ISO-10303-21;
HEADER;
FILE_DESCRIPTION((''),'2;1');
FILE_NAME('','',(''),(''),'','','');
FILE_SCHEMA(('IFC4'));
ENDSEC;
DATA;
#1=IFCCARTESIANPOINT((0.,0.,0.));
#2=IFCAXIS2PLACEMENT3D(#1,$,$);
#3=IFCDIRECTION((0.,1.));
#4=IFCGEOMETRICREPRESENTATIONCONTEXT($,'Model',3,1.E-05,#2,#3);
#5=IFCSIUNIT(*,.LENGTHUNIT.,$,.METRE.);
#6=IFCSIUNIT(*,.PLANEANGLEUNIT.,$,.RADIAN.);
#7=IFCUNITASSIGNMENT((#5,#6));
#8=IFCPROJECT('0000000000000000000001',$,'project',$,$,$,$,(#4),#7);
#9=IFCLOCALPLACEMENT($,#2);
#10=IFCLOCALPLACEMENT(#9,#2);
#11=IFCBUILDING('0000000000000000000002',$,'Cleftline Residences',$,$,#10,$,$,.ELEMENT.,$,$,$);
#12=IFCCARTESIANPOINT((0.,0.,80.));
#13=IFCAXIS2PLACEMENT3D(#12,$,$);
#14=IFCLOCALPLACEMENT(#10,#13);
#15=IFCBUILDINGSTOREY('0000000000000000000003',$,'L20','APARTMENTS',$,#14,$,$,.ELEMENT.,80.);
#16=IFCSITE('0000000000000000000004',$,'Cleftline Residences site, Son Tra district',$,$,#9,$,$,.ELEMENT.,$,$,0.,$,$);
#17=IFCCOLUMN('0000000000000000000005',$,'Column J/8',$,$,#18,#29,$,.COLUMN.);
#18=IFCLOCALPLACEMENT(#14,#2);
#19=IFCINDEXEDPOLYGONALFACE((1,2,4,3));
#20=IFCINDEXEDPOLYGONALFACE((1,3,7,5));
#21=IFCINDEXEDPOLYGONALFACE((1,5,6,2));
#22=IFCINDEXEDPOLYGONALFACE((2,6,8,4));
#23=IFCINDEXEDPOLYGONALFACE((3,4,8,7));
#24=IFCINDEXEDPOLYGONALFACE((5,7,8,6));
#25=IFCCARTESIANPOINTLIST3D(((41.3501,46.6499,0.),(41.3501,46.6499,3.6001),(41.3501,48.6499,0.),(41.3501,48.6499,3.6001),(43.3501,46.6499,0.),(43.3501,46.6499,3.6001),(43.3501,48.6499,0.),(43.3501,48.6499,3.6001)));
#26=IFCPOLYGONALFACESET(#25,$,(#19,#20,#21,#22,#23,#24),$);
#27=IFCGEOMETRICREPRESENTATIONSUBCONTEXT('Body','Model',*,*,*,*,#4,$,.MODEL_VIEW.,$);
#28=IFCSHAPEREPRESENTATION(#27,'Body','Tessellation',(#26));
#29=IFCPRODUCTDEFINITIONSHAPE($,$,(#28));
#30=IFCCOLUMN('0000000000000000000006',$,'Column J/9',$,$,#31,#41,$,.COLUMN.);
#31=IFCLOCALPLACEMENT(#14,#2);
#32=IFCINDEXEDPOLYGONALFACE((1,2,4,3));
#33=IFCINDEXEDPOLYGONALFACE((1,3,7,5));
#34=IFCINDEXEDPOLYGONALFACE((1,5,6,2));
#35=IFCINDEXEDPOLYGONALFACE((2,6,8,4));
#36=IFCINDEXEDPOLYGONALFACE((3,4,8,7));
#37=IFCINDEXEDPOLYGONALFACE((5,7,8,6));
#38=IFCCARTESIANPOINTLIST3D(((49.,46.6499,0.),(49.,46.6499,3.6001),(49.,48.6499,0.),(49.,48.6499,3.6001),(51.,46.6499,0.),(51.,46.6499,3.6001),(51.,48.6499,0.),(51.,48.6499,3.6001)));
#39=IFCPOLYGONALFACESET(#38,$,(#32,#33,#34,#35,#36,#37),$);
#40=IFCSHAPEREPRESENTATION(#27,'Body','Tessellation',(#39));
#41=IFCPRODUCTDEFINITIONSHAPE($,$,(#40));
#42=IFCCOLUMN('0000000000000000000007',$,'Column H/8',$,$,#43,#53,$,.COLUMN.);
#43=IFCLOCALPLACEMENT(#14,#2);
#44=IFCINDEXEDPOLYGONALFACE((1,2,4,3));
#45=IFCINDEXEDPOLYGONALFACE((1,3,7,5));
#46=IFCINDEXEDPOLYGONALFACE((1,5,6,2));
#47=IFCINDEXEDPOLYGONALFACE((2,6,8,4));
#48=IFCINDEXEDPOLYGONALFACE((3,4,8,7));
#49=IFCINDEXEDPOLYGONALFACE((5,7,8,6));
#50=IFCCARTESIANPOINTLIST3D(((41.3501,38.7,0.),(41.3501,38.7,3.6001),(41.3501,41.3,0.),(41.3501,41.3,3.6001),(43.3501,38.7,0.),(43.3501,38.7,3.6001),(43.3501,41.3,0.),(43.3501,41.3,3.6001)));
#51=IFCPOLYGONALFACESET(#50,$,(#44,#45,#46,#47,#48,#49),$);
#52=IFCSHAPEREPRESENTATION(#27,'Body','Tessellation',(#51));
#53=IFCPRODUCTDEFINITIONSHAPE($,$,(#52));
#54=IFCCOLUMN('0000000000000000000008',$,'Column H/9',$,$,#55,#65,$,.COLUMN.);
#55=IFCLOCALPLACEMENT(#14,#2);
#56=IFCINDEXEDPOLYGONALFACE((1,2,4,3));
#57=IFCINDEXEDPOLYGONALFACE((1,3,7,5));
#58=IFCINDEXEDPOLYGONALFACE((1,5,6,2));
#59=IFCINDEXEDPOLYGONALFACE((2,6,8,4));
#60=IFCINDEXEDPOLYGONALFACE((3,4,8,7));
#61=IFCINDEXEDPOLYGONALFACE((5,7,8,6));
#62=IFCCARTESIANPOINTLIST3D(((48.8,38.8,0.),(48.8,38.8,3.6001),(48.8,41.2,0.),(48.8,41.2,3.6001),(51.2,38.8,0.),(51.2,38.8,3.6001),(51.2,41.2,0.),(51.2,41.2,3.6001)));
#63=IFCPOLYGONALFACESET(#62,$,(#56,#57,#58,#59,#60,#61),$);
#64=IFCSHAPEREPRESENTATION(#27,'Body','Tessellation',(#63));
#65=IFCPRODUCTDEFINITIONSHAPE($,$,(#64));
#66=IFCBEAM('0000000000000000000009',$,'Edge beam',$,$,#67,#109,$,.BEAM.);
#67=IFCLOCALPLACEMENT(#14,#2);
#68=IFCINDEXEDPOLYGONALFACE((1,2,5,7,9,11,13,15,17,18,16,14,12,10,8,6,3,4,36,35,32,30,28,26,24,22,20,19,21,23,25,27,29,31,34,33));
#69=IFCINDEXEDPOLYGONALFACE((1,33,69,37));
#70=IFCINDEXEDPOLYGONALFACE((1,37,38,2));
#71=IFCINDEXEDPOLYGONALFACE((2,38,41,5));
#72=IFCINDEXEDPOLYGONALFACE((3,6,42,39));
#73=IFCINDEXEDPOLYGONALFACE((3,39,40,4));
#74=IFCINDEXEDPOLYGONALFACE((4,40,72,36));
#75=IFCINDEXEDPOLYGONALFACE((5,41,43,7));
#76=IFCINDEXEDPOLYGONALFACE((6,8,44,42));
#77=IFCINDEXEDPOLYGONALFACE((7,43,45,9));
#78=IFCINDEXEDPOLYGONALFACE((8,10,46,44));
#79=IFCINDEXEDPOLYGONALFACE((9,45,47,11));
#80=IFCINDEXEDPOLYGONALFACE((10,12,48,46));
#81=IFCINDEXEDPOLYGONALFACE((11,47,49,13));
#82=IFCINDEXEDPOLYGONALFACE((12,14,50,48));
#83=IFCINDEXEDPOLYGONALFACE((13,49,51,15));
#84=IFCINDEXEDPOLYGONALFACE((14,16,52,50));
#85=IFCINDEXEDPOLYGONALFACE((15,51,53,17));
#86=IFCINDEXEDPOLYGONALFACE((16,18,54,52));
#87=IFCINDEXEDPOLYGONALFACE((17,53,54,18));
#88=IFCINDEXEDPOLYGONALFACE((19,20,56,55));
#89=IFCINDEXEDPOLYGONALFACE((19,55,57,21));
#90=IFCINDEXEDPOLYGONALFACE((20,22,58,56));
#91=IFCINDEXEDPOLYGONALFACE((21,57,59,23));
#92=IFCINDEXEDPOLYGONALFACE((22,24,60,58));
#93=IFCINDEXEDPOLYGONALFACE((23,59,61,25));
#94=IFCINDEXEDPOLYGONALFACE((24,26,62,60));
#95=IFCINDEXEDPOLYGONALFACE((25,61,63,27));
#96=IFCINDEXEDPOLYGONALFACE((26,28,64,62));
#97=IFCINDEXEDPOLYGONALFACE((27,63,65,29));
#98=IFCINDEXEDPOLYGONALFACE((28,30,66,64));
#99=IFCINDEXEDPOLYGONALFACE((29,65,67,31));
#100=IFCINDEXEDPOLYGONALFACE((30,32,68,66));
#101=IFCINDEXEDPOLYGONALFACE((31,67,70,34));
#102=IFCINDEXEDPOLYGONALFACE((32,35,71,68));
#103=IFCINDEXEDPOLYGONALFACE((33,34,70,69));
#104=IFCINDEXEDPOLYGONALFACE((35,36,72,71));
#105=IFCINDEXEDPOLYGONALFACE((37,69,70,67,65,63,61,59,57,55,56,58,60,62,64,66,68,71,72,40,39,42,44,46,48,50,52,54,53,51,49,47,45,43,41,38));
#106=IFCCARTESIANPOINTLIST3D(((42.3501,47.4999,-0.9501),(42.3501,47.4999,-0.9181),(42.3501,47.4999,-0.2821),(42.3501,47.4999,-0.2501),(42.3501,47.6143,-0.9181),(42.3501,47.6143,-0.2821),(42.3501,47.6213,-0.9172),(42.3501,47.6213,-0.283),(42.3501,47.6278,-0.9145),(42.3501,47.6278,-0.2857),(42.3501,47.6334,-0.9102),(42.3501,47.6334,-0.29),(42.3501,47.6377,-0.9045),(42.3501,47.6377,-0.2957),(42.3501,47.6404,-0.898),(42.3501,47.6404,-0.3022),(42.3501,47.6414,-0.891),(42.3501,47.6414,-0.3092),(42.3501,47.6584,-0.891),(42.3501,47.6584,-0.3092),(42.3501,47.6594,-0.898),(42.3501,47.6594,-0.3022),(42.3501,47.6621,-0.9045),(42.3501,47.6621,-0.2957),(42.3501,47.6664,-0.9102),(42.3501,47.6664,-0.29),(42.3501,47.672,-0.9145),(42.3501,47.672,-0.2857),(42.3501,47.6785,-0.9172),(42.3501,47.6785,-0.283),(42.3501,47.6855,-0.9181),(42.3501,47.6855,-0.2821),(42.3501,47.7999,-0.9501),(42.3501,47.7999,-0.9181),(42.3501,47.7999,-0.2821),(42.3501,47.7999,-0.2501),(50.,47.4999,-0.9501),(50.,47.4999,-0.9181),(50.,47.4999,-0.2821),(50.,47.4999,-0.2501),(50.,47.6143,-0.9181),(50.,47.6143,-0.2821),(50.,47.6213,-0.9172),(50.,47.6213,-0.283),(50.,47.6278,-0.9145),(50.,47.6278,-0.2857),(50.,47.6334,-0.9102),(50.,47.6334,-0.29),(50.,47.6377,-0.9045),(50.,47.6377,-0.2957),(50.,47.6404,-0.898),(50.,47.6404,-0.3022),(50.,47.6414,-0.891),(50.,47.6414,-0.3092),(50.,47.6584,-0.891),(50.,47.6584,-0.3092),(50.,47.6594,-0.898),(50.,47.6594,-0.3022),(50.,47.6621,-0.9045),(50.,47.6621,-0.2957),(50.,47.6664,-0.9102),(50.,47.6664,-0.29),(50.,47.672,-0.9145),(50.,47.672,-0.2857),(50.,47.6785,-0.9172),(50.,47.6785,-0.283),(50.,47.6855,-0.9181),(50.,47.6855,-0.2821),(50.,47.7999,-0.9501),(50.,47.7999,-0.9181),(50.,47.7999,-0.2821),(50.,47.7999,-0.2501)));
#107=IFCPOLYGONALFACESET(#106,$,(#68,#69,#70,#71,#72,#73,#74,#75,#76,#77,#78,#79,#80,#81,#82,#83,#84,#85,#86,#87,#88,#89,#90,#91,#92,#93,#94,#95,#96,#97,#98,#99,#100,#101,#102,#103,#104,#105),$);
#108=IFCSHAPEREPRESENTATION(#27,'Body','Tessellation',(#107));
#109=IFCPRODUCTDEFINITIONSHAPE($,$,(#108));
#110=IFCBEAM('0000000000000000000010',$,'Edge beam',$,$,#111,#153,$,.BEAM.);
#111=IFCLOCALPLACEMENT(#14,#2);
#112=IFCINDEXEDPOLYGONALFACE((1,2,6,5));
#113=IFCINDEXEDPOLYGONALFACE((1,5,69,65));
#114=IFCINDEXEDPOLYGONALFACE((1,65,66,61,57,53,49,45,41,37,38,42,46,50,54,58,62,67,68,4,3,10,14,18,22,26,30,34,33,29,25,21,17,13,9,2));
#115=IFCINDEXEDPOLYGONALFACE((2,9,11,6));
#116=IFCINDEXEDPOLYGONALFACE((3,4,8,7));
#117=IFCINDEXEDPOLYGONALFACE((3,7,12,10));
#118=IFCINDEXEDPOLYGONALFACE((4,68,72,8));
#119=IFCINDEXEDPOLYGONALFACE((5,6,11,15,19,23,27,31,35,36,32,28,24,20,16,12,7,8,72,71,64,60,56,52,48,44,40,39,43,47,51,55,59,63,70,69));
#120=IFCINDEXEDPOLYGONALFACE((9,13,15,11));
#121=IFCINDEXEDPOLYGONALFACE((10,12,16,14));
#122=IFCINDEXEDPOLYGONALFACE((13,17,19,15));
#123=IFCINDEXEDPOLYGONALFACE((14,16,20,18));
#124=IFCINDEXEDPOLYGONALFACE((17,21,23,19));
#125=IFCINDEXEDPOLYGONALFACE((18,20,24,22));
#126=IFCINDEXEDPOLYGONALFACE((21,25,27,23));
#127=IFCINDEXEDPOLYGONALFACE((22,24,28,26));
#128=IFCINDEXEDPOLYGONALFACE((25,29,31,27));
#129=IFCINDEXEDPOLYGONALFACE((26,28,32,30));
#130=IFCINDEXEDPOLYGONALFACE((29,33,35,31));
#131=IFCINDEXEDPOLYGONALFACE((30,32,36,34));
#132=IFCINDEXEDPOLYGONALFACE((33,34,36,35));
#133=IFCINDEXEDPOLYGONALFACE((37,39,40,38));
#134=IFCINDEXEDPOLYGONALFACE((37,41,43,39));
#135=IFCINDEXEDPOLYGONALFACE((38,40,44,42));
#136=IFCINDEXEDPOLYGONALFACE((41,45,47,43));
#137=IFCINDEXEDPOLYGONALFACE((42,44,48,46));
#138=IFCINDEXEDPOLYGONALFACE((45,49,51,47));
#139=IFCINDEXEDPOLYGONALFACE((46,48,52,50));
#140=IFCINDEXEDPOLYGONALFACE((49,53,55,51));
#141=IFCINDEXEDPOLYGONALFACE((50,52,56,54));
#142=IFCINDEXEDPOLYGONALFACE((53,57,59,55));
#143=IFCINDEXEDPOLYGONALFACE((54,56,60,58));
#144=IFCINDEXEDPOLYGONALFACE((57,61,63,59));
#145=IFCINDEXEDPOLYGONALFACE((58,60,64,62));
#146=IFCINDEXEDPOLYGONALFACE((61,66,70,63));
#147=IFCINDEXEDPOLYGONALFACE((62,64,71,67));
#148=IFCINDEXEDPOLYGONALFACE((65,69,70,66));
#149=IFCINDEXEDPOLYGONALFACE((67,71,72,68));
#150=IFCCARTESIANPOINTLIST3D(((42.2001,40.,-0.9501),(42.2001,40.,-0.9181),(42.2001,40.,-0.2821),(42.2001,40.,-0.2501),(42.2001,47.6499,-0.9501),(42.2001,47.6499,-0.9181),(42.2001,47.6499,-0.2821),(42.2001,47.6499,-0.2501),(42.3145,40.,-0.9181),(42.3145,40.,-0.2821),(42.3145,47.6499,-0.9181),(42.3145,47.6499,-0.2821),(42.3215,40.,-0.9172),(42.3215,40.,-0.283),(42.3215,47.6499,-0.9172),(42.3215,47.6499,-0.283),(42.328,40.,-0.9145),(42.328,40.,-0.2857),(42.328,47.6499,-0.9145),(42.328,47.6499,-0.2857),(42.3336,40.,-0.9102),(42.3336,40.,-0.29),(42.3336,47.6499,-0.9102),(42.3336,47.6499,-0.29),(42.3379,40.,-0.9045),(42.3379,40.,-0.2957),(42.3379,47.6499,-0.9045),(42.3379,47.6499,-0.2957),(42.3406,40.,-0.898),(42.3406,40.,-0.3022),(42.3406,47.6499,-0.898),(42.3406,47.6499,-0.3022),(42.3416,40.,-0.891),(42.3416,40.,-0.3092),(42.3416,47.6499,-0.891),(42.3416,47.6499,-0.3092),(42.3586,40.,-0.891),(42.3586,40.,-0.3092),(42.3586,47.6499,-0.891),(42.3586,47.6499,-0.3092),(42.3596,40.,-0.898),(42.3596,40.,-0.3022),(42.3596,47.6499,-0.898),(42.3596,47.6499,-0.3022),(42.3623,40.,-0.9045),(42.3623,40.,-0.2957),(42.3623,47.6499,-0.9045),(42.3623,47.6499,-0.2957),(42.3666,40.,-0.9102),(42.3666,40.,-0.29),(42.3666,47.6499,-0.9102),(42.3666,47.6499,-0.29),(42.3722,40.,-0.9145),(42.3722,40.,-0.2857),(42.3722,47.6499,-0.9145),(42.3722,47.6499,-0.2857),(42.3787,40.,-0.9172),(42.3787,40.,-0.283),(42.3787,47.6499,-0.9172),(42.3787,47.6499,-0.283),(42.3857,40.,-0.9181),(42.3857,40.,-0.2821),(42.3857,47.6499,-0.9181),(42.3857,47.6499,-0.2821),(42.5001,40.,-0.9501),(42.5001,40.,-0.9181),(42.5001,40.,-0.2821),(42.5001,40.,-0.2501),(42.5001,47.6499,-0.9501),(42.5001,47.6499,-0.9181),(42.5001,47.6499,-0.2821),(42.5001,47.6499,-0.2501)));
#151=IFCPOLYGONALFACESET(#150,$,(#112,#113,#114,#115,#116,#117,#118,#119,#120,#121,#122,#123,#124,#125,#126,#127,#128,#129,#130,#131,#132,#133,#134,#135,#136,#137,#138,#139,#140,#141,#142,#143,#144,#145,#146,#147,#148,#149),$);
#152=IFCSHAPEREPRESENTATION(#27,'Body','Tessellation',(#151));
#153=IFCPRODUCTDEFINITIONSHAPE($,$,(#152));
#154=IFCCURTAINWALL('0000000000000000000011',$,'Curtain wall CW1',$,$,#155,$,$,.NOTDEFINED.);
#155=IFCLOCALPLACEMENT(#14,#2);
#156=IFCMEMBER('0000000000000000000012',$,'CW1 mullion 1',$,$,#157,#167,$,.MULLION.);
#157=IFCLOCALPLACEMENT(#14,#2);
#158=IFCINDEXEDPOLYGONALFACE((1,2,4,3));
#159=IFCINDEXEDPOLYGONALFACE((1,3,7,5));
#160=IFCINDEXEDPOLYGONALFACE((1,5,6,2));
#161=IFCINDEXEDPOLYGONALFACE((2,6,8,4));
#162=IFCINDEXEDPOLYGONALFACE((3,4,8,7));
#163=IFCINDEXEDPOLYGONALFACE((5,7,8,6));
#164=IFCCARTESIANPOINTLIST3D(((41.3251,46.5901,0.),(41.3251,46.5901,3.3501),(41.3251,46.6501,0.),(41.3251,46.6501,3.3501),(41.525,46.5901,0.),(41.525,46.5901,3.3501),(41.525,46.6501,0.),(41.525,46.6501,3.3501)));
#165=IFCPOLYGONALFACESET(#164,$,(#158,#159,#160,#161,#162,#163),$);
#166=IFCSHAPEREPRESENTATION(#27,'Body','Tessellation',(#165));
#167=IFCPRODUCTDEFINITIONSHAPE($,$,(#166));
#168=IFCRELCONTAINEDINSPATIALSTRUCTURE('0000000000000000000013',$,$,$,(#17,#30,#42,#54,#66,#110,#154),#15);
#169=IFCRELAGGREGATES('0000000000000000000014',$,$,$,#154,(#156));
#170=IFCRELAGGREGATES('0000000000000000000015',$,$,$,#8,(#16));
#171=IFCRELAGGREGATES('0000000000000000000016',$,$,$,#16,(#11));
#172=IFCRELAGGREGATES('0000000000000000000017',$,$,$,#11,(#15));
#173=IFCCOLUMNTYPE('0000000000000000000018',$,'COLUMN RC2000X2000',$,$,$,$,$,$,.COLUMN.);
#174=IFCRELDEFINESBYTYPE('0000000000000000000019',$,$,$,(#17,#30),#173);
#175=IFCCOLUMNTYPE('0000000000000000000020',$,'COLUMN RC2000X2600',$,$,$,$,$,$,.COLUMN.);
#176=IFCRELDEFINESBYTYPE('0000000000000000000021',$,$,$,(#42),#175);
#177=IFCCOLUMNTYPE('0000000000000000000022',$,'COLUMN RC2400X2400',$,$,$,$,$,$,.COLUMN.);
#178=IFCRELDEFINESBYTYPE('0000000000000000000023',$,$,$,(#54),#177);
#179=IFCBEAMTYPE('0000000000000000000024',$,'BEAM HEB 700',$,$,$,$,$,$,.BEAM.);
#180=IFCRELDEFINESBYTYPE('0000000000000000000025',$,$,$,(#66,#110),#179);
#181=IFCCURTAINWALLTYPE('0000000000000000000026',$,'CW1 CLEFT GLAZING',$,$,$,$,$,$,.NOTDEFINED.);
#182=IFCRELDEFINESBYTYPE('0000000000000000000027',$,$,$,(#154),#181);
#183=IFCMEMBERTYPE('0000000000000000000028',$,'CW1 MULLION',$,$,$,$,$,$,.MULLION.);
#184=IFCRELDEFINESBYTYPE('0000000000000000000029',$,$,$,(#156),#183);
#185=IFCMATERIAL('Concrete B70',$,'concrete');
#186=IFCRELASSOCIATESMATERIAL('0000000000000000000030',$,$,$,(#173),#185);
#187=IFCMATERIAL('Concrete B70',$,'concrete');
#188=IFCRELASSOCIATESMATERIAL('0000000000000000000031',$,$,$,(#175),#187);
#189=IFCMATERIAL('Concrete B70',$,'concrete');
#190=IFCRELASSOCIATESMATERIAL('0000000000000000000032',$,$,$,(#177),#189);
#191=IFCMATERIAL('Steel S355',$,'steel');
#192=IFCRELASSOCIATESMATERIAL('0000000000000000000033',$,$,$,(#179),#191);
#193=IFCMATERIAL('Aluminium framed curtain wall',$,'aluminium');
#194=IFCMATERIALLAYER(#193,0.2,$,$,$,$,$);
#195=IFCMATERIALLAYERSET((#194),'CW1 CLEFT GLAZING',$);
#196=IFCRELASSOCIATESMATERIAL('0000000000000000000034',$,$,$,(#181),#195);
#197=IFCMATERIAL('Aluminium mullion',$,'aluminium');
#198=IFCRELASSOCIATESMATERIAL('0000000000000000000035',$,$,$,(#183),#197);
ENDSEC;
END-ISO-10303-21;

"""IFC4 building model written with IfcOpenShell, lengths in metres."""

from ifc_helpers import new_model, si_unit, direction, frame, origin, origin_2d, place, context, subcontext, project, spatial, rectangle, i_section, extrude, material, layer, layer_set, material_profile, profile_set, type_object, element, aggregate, save


model = new_model("IFC4")

# Units and contexts
model_context = context("Model", 3, precision=1e-05, world=origin(), true_north=direction((0.0, 1.0)))
body_context = subcontext(model_context, "Body", "Model", "MODEL_VIEW")
ifc_project = project(units=[si_unit("LENGTHUNIT", "METRE"), si_unit("PLANEANGLEUNIT", "RADIAN")], contexts=[model_context])

# Site, building, storey
site_placement = place(None, origin())
site = spatial("IfcSite", under=ifc_project, at=site_placement, Name="Cleftline Residences site, Son Tra district", CompositionType="ELEMENT", RefElevation=0.0)
building_placement = place(site_placement, origin())
building = spatial("IfcBuilding", under=site, at=building_placement, Name="Cleftline Residences", CompositionType="ELEMENT")
storey_placement = place(building_placement, frame((0.0, 0.0, 80.0)))
storey = spatial("IfcBuildingStorey", under=building, at=storey_placement, Name="L20", Description="APARTMENTS", CompositionType="ELEMENT", Elevation=80.0)

# Columns
ifc_material_1 = material(Name="Concrete B70", Category="concrete")
ifc_material_profile_1 = material_profile(ifc_material_1, rectangle(XDim=2.0, YDim=2.0, at=origin_2d()))
ifc_profile_set_1 = profile_set([ifc_material_profile_1], Name="Concrete B70")
column_type_1 = type_object("IfcColumnType", Name="COLUMN RC2000X2000", PredefinedType="COLUMN", material=ifc_profile_set_1)
for number, where, z_axis, x_axis, name in (
    (1, (42.3501, 47.6499, 0.0), (0.0, 0.0, 1.0), (1.0, 0.0, 0.0), "Column J/8"),
    (2, (50.0, 47.6499, 0.0), (0.0, 0.0, 1.0), (1.0, 0.0, 0.0), "Column J/9"),
):
    element("IfcColumn", number, at=place(storey_placement, frame(where, z_axis=z_axis, x_axis=x_axis)), inside=storey, type_object=column_type_1, Name=name, PredefinedType="COLUMN", context=body_context, shape_type="SweptSolid", body=[
        extrude(rectangle(XDim=2.0, YDim=2.0, at=origin_2d()), origin(), (0.0, 0.0, 1.0), 3.6001),
    ])
ifc_material_2 = material(Name="Concrete B70", Category="concrete")
ifc_material_profile_2 = material_profile(ifc_material_2, rectangle(XDim=2.0, YDim=2.6001, at=origin_2d()))
ifc_profile_set_2 = profile_set([ifc_material_profile_2], Name="Concrete B70")
column_type_2 = type_object("IfcColumnType", Name="COLUMN RC2000X2600", PredefinedType="COLUMN", material=ifc_profile_set_2)
column_1_placement = place(storey_placement, frame((42.3501, 40.0, 0.0), z_axis=(0.0, 0.0, 1.0), x_axis=(1.0, 0.0, 0.0)))
element("IfcColumn", 3, at=column_1_placement, inside=storey, type_object=column_type_2, Name="Column H/8", PredefinedType="COLUMN", context=body_context, shape_type="SweptSolid", body=[
    extrude(rectangle(XDim=2.0, YDim=2.6001, at=origin_2d()), origin(), (0.0, 0.0, 1.0), 3.6001),
])
ifc_material_3 = material(Name="Concrete B70", Category="concrete")
ifc_material_profile_3 = material_profile(ifc_material_3, rectangle(XDim=2.3999, YDim=2.3999, at=origin_2d()))
ifc_profile_set_3 = profile_set([ifc_material_profile_3], Name="Concrete B70")
column_type_3 = type_object("IfcColumnType", Name="COLUMN RC2400X2400", PredefinedType="COLUMN", material=ifc_profile_set_3)
column_2_placement = place(storey_placement, frame((50.0, 40.0, 0.0), z_axis=(0.0, 0.0, 1.0), x_axis=(1.0, 0.0, 0.0)))
element("IfcColumn", 4, at=column_2_placement, inside=storey, type_object=column_type_3, Name="Column H/9", PredefinedType="COLUMN", context=body_context, shape_type="SweptSolid", body=[
    extrude(rectangle(XDim=2.3999, YDim=2.3999, at=origin_2d()), origin(), (0.0, 0.0, 1.0), 3.6001),
])

# Beams
ifc_material_4 = material(Name="Steel S355", Category="steel")
ifc_material_profile_4 = material_profile(ifc_material_4, i_section(OverallWidth=0.3, OverallDepth=0.7, WebThickness=0.0171, FlangeThickness=0.032, FilletRadius=0.0271, at=origin_2d()))
ifc_profile_set_4 = profile_set([ifc_material_profile_4], Name="Steel S355")
beam_type = type_object("IfcBeamType", Name="BEAM HEB 700", PredefinedType="BEAM", material=ifc_profile_set_4)
for number, where, z_axis, x_axis, name in (
    (5, (50.0, 47.6499, -0.6001), (-1.0, 0.0, 0.0), (0.0, -1.0, 0.0), "Edge beam"),
    (6, (42.3501, 47.6499, -0.6001), (0.0, -1.0, 0.0), (1.0, 0.0, 0.0), "Edge beam"),
):
    element("IfcBeam", number, at=place(storey_placement, frame(where, z_axis=z_axis, x_axis=x_axis)), inside=storey, type_object=beam_type, Name=name, PredefinedType="BEAM", context=body_context, shape_type="SweptSolid", body=[
        extrude(i_section(OverallWidth=0.3, OverallDepth=0.7, WebThickness=0.0171, FlangeThickness=0.032, FilletRadius=0.0271, at=origin_2d()), origin(), (0.0, 0.0, 1.0), 7.6499),
    ])

# Curtain wall, member
ifc_material_5 = material(Name="Aluminium framed curtain wall", Category="aluminium")
ifc_layer_1 = layer(ifc_material_5, 0.2)
ifc_layer_set_1 = layer_set([ifc_layer_1], Name="CW1 CLEFT GLAZING")
curtain_wall_type = type_object("IfcCurtainWallType", Name="CW1 CLEFT GLAZING", PredefinedType="NOTDEFINED", material=ifc_layer_set_1)
curtain_wall_placement = place(storey_placement, origin())
curtain_wall = element("IfcCurtainWall", 7, at=curtain_wall_placement, inside=storey, type_object=curtain_wall_type, Name="Curtain wall CW1", PredefinedType="NOTDEFINED")
ifc_material_6 = material(Name="Aluminium mullion", Category="aluminium")
ifc_material_profile_5 = material_profile(ifc_material_6, rectangle(XDim=0.2, YDim=0.0601, at=origin_2d()))
ifc_profile_set_5 = profile_set([ifc_material_profile_5], Name="Aluminium mullion")
member_type = type_object("IfcMemberType", Name="CW1 MULLION", PredefinedType="MULLION", material=ifc_profile_set_5)
member_placement = place(storey_placement, frame((41.425, 46.6201, 0.0), z_axis=(0.0, 0.0, 1.0), x_axis=(1.0, 0.0, 0.0)))
member = element("IfcMember", 8, at=member_placement, type_object=member_type, Name="CW1 mullion 1", PredefinedType="MULLION", context=body_context, shape_type="SweptSolid", body=[
    extrude(rectangle(XDim=0.2, YDim=0.0601, at=origin_2d()), origin(), (0.0, 0.0, 1.0), 3.3501),
])
aggregate(curtain_wall, [member])

save(model, "model.ifc")
